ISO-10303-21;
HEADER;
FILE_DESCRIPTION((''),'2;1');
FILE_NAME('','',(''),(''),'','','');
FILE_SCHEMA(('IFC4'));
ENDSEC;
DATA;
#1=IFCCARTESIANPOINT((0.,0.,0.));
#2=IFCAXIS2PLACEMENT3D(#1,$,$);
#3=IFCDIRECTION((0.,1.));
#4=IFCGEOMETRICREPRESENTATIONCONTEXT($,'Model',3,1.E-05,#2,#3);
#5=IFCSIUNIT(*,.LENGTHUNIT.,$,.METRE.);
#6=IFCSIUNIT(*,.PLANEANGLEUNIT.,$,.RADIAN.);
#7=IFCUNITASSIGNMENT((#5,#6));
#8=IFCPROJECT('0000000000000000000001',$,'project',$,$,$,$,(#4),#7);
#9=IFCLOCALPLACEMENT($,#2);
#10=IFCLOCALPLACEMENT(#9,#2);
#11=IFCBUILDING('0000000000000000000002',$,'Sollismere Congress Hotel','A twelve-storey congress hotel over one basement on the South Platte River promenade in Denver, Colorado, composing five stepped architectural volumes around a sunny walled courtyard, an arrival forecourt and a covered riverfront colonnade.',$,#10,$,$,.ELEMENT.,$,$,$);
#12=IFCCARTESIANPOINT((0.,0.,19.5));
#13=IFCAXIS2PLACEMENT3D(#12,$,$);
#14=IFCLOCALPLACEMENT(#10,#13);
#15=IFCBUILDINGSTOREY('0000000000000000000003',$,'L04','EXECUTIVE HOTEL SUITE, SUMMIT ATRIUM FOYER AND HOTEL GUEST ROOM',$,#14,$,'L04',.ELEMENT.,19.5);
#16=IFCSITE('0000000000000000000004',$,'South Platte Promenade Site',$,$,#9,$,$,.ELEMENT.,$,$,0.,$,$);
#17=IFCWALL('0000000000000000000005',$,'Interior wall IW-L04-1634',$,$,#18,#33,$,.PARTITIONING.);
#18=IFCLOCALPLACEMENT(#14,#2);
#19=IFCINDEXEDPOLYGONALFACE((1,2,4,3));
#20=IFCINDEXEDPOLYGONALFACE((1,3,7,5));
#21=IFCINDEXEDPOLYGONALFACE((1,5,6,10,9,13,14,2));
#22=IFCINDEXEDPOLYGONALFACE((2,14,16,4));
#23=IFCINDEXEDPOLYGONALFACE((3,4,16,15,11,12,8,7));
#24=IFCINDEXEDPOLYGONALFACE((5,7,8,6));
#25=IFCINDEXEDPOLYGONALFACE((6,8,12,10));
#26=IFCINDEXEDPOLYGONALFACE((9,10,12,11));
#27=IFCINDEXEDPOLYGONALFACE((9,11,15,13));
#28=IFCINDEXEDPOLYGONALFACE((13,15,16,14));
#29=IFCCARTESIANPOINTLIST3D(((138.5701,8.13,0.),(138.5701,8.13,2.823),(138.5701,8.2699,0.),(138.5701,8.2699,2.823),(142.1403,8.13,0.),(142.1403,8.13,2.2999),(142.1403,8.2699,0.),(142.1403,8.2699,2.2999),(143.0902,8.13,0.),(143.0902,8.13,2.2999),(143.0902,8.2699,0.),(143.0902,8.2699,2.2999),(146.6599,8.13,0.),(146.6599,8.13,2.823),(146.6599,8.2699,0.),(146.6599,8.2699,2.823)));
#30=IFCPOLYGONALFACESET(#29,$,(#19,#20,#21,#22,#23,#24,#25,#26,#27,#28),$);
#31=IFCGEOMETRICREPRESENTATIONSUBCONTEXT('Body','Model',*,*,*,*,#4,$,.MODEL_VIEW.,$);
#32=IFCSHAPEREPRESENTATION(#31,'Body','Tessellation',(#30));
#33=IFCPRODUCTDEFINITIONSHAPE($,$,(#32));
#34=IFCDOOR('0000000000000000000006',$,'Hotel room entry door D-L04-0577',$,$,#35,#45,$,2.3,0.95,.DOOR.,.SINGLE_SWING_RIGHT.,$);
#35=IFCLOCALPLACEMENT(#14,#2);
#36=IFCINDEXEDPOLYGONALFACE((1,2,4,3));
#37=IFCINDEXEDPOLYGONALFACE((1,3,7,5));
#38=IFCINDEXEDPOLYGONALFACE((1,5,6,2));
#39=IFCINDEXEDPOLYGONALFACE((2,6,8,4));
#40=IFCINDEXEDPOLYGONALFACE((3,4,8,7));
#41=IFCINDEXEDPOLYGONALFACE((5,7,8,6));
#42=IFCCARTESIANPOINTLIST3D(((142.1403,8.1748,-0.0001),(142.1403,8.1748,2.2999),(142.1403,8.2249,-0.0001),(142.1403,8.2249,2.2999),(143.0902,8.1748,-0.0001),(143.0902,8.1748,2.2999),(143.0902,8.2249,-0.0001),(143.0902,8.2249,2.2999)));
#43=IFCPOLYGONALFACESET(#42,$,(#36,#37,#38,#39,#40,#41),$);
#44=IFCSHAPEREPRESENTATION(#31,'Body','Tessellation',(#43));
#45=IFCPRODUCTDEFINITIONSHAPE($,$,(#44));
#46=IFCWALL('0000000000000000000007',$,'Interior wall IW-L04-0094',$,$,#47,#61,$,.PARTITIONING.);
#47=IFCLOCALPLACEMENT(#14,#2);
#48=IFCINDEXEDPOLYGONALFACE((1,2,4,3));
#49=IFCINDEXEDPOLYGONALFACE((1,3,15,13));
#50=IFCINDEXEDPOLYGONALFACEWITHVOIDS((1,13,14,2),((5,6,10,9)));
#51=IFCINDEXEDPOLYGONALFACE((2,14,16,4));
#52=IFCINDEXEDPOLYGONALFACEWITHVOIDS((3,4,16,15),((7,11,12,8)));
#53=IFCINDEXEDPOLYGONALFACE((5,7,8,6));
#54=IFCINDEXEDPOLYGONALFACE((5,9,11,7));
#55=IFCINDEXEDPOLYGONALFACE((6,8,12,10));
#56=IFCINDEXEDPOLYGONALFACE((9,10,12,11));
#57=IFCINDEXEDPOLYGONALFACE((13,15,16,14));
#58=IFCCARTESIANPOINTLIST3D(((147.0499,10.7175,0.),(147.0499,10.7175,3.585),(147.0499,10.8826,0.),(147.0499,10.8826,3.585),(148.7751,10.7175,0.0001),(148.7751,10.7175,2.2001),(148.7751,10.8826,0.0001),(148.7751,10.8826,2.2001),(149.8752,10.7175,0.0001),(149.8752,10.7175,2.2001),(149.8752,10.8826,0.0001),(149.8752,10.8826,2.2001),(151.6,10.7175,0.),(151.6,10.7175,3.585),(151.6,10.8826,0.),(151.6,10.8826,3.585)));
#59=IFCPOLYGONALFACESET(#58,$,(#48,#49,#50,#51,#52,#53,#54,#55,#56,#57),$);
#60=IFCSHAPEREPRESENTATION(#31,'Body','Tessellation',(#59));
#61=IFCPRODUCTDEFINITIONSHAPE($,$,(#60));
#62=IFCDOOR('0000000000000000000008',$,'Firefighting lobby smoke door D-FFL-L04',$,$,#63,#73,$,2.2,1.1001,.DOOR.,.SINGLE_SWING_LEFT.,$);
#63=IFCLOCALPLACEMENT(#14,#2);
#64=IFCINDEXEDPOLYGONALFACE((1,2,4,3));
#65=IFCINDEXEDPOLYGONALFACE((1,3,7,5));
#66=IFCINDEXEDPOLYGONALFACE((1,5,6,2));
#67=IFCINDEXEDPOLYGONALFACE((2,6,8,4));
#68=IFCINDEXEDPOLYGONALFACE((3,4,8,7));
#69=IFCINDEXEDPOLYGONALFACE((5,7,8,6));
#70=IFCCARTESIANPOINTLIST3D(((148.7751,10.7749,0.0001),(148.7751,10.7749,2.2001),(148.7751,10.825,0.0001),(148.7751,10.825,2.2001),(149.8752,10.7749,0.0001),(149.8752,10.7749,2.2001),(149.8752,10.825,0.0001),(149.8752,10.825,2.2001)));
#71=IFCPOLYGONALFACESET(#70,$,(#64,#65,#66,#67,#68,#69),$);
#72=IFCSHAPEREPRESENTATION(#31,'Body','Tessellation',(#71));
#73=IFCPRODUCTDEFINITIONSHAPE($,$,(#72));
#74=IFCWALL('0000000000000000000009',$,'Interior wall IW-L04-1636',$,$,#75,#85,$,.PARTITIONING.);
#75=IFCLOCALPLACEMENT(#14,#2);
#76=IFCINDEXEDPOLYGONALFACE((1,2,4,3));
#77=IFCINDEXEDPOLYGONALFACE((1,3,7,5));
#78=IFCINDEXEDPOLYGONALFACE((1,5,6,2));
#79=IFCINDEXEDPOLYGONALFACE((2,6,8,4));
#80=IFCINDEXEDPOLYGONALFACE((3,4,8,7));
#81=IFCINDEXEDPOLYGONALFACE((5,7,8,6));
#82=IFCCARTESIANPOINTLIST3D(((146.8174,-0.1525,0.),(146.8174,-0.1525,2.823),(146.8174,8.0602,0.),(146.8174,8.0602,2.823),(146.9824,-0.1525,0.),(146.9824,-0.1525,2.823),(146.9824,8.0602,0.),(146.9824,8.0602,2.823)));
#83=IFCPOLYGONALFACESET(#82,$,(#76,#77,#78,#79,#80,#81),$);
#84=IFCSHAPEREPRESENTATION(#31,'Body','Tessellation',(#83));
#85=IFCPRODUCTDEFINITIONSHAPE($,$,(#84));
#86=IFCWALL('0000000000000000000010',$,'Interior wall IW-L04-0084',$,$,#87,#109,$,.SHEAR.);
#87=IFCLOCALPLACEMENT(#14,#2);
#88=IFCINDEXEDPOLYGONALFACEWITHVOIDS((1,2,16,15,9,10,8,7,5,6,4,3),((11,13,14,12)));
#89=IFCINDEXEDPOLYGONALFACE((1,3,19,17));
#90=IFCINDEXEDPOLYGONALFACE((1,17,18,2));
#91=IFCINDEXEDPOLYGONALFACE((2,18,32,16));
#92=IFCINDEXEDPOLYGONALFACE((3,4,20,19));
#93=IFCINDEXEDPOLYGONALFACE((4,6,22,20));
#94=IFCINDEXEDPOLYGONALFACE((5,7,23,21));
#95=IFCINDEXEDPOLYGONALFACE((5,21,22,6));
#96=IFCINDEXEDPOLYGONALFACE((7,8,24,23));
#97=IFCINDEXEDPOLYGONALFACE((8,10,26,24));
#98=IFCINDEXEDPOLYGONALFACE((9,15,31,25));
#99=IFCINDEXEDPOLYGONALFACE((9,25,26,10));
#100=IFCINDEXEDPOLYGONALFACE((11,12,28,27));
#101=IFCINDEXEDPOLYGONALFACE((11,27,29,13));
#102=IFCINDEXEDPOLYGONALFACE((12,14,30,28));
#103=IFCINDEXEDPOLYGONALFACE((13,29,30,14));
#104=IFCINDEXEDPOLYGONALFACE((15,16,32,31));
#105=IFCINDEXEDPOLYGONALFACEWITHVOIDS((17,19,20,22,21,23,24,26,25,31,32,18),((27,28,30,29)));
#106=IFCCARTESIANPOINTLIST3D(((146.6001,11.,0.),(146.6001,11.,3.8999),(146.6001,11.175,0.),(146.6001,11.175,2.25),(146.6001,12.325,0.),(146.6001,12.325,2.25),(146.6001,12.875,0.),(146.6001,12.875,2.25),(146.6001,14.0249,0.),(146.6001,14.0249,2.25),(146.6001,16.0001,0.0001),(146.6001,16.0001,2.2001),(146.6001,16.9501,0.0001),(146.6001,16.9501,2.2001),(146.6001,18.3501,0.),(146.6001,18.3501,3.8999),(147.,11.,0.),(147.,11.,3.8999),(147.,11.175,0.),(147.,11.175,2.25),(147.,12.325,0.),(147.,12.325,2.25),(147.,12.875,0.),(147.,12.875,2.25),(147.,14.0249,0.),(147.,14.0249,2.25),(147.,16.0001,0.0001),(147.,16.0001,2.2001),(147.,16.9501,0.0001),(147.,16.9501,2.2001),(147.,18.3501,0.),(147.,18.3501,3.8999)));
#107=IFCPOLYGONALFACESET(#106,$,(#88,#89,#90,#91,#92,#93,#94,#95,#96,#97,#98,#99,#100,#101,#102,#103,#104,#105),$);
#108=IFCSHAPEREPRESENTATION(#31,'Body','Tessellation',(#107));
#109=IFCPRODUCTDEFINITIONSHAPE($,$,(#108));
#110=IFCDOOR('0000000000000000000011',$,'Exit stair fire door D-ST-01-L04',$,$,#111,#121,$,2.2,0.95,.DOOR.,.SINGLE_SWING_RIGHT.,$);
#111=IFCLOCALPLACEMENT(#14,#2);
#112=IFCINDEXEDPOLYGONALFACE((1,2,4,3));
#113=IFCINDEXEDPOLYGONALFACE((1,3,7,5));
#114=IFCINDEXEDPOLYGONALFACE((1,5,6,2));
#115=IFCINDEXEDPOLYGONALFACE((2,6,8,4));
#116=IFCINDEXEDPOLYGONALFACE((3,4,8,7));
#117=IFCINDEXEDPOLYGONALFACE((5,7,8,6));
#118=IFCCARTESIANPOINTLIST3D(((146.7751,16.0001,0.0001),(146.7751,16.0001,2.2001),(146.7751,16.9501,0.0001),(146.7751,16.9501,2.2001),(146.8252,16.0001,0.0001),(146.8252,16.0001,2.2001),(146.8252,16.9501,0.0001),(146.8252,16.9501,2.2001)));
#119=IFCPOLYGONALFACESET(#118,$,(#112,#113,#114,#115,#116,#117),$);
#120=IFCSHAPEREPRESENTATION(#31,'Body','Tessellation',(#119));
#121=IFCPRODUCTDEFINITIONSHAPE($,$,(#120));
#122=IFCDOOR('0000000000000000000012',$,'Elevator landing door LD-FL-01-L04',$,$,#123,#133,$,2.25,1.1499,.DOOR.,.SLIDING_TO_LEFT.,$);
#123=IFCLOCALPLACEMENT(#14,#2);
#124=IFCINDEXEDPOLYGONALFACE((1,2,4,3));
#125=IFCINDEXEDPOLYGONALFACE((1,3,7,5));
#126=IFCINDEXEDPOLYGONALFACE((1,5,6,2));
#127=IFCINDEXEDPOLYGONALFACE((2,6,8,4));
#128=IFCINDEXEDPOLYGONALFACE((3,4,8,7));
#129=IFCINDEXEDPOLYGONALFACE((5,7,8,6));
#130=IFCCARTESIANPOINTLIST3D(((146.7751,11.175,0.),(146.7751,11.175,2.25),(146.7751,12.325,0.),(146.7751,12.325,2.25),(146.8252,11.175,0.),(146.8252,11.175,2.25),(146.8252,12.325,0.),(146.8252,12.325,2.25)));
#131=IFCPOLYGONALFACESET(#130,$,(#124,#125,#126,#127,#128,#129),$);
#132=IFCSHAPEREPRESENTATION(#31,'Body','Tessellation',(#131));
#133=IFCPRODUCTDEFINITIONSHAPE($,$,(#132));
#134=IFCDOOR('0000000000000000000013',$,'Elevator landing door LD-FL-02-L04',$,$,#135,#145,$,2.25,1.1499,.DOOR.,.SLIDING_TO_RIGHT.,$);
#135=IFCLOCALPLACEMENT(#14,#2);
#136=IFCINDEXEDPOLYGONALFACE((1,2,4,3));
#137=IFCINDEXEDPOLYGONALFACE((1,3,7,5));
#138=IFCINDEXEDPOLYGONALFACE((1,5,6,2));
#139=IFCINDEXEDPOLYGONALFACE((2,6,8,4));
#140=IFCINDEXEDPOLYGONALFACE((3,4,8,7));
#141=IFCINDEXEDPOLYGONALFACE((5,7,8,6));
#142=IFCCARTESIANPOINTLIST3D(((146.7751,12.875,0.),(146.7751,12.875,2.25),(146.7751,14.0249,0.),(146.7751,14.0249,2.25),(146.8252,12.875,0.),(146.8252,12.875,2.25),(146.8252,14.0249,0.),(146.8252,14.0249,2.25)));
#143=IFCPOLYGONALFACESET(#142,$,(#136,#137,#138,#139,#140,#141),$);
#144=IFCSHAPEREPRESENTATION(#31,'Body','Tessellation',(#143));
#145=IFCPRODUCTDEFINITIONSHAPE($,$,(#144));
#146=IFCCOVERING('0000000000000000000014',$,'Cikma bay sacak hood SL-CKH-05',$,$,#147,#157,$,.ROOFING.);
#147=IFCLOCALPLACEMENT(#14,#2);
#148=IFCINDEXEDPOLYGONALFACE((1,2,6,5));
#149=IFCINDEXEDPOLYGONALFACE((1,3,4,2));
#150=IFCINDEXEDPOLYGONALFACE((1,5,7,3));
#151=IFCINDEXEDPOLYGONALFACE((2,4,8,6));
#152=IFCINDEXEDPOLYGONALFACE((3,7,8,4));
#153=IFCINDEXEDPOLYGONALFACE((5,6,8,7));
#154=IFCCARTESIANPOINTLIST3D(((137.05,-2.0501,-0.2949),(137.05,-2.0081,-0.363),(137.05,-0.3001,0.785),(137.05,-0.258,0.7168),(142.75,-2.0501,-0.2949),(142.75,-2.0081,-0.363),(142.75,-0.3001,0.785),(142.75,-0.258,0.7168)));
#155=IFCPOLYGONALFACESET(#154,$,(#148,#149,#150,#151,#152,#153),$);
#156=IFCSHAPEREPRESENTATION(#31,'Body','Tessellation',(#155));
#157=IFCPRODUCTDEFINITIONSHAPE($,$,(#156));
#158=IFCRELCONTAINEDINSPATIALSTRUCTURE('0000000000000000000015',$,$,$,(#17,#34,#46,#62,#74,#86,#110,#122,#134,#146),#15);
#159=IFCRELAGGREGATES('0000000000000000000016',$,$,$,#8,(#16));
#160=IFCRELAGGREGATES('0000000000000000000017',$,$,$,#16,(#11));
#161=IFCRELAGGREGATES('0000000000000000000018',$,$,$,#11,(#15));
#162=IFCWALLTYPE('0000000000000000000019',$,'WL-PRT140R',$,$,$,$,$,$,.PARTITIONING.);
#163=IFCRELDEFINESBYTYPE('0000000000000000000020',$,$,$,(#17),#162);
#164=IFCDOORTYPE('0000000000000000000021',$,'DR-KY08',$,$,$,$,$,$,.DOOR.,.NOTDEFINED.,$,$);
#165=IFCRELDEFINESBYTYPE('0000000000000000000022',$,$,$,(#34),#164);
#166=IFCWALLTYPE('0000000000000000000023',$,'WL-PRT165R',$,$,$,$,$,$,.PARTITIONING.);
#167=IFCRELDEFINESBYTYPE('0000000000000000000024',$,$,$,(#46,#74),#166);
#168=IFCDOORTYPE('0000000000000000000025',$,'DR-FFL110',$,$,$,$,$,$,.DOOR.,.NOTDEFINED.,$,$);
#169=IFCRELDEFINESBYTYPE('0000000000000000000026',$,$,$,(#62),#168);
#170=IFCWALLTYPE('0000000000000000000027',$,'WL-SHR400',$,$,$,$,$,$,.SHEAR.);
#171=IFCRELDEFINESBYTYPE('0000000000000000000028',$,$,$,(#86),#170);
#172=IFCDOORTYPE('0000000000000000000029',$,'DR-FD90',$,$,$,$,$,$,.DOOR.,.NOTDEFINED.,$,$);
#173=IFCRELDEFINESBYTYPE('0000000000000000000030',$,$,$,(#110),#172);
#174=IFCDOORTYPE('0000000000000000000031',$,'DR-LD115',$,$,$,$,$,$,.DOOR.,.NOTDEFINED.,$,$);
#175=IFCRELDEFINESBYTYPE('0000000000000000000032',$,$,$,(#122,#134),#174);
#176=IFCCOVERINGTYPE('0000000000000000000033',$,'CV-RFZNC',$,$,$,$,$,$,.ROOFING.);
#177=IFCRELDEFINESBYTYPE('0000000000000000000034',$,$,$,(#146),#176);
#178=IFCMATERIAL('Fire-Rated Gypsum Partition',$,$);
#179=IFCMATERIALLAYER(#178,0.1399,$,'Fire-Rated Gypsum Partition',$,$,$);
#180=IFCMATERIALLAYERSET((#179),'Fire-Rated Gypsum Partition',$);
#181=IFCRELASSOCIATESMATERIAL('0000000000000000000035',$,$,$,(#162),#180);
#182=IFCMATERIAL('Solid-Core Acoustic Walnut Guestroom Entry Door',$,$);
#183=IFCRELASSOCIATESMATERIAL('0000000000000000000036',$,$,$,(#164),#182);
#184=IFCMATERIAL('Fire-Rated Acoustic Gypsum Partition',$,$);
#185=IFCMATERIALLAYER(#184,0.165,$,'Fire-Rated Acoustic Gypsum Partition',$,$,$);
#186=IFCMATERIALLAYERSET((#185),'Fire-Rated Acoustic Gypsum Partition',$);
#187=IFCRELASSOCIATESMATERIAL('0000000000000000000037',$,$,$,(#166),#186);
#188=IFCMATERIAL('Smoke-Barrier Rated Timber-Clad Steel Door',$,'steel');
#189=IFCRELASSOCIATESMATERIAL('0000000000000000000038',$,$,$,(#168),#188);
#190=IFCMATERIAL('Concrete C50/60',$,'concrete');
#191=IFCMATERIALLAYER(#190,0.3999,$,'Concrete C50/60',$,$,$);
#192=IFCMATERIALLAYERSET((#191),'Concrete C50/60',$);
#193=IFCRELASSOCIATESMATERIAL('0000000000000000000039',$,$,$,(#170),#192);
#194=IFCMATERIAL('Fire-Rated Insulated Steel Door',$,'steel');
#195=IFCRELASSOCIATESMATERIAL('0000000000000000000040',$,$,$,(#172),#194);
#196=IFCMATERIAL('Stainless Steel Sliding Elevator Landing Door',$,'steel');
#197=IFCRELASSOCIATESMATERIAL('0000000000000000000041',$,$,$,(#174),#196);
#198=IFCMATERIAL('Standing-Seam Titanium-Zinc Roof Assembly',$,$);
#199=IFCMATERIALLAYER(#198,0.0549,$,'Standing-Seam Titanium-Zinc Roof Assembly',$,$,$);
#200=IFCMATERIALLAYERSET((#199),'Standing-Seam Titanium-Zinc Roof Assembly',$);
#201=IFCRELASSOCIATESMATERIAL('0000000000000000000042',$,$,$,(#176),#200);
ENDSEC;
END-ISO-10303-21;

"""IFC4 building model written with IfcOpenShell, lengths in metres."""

from ifc_helpers import new_model, si_unit, direction, frame, frame_2d, origin, place, context, subcontext, project, spatial, polyline, rectangle, outline, extrude, material, layer, layer_set, type_object, element, fill, save


model = new_model("IFC4")

# Units and contexts
model_context = context("Model", 3, precision=1e-05, world=origin(), true_north=direction((0.0, 1.0)))
body_context = subcontext(model_context, "Body", "Model", "MODEL_VIEW")
ifc_project = project(units=[si_unit("LENGTHUNIT", "METRE"), si_unit("PLANEANGLEUNIT", "RADIAN")], contexts=[model_context])

# Site, building, storey
site_placement = place(None, origin())
site = spatial("IfcSite", under=ifc_project, at=site_placement, Name="South Platte Promenade Site", CompositionType="ELEMENT", RefElevation=0.0)
building_placement = place(site_placement, origin())
building = spatial("IfcBuilding", under=site, at=building_placement, Name="Sollismere Congress Hotel", Description="A twelve-storey congress hotel over one basement on the South Platte River promenade in Denver, Colorado, composing five stepped architectural volumes around a sunny walled courtyard, an arrival forecourt and a covered riverfront colonnade.", CompositionType="ELEMENT")
storey_placement = place(building_placement, frame((0.0, 0.0, 19.5)))
storey = spatial("IfcBuildingStorey", under=building, at=storey_placement, Name="L04", Description="EXECUTIVE HOTEL SUITE, SUMMIT ATRIUM FOYER AND HOTEL GUEST ROOM", LongName="L04", CompositionType="ELEMENT", Elevation=19.5)

# Walls, openings, doors
ifc_material_1 = material(Name="Fire-Rated Gypsum Partition")
ifc_layer_1 = layer(ifc_material_1, 0.1399, Name="Fire-Rated Gypsum Partition")
ifc_layer_set_1 = layer_set([ifc_layer_1], Name="Fire-Rated Gypsum Partition")
wall_type_1 = type_object("IfcWallType", Name="WL-PRT140R", PredefinedType="PARTITIONING", material=ifc_layer_set_1)
wall_1_placement = place(storey_placement, frame((138.5701, 8.2, 0.0), z_axis=(0.0, 0.0, 1.0), x_axis=(1.0, 0.0, 0.0)))
wall_1 = element("IfcWall", 1, at=wall_1_placement, inside=storey, type_object=wall_type_1, Name="Interior wall IW-L04-1634", PredefinedType="PARTITIONING", context=body_context, shape_type="SweptSolid", body=[
    extrude(rectangle(XDim=8.0898, YDim=0.1399, at=frame_2d((4.0449, 0.0))), origin(), (0.0, 0.0, 1.0), 2.823),
])
opening_1_placement = place(wall_1_placement, frame((3.5701, 0.0, 0.0)))
opening_1 = element("IfcOpeningElement", 2, at=opening_1_placement, cuts=wall_1, PredefinedType="OPENING", context=body_context, shape_type="SweptSolid", body=[
    extrude(rectangle(XDim=0.95, YDim=2.3, at=frame_2d((0.4751, 1.1499))), frame((0.0, 0.0798, 0.0), z_axis=(0.0, -1.0, 0.0), x_axis=(1.0, 0.0, 0.0)), (0.0, 0.0, 1.0), 0.1599),
])
ifc_material_2 = material(Name="Solid-Core Acoustic Walnut Guestroom Entry Door")
door_type_1 = type_object("IfcDoorType", Name="DR-KY08", OperationType="NOTDEFINED", PredefinedType="DOOR", material=ifc_material_2)
door_1_placement = place(opening_1_placement, origin())
door_1 = element("IfcDoor", 3, at=door_1_placement, inside=storey, type_object=door_type_1, Name="Hotel room entry door D-L04-0577", OperationType="SINGLE_SWING_RIGHT", OverallHeight=2.3, OverallWidth=0.95, PredefinedType="DOOR", context=body_context, shape_type="SweptSolid", body=[
    extrude(rectangle(XDim=0.95, YDim=2.3, at=frame_2d((0.4751, 1.1499))), frame((0.0, 0.0249, 0.0), z_axis=(0.0, -1.0, 0.0), x_axis=(1.0, 0.0, 0.0)), (0.0, 0.0, 1.0), 0.05),
])
fill(opening_1, door_1)
ifc_material_3 = material(Name="Fire-Rated Acoustic Gypsum Partition")
ifc_layer_2 = layer(ifc_material_3, 0.165, Name="Fire-Rated Acoustic Gypsum Partition")
ifc_layer_set_2 = layer_set([ifc_layer_2], Name="Fire-Rated Acoustic Gypsum Partition")
wall_type_2 = type_object("IfcWallType", Name="WL-PRT165R", PredefinedType="PARTITIONING", material=ifc_layer_set_2)
wall_2_placement = place(storey_placement, frame((147.05, 10.8, 0.0), z_axis=(0.0, 0.0, 1.0), x_axis=(1.0, 0.0, 0.0)))
wall_2 = element("IfcWall", 4, at=wall_2_placement, inside=storey, type_object=wall_type_2, Name="Interior wall IW-L04-0094", PredefinedType="PARTITIONING", context=body_context, shape_type="SweptSolid", body=[
    extrude(rectangle(XDim=4.55, YDim=0.165, at=frame_2d((2.2749, 0.0))), origin(), (0.0, 0.0, 1.0), 3.585),
])
opening_2_placement = place(wall_2_placement, frame((1.7251, 0.0, 0.0)))
opening_2 = element("IfcOpeningElement", 5, at=opening_2_placement, cuts=wall_2, PredefinedType="OPENING", context=body_context, shape_type="SweptSolid", body=[
    extrude(rectangle(XDim=1.1001, YDim=2.2, at=frame_2d((0.55, 1.1001))), frame((0.0, 0.0925, 0.0), z_axis=(0.0, -1.0, 0.0), x_axis=(1.0, 0.0, 0.0)), (0.0, 0.0, 1.0), 0.1851),
])
ifc_material_4 = material(Name="Smoke-Barrier Rated Timber-Clad Steel Door", Category="steel")
door_type_2 = type_object("IfcDoorType", Name="DR-FFL110", OperationType="NOTDEFINED", PredefinedType="DOOR", material=ifc_material_4)
door_2_placement = place(opening_2_placement, origin())
door_2 = element("IfcDoor", 6, at=door_2_placement, inside=storey, type_object=door_type_2, Name="Firefighting lobby smoke door D-FFL-L04", OperationType="SINGLE_SWING_LEFT", OverallHeight=2.2, OverallWidth=1.1001, PredefinedType="DOOR", context=body_context, shape_type="SweptSolid", body=[
    extrude(rectangle(XDim=1.1001, YDim=2.2, at=frame_2d((0.55, 1.1001))), frame((0.0, 0.0249, 0.0), z_axis=(0.0, -1.0, 0.0), x_axis=(1.0, 0.0, 0.0)), (0.0, 0.0, 1.0), 0.05),
])
fill(opening_2, door_2)

# Wall
wall_3_placement = place(storey_placement, frame((146.8999, -0.1526, 0.0), z_axis=(0.0, 0.0, 1.0), x_axis=(0.0, 1.0, 0.0)))
element("IfcWall", 7, at=wall_3_placement, inside=storey, type_object=wall_type_2, Name="Interior wall IW-L04-1636", PredefinedType="PARTITIONING", context=body_context, shape_type="SweptSolid", body=[
    extrude(rectangle(XDim=8.2126, YDim=0.165, at=frame_2d((4.1064, 0.0))), origin(), (0.0, 0.0, 1.0), 2.823),
])

# Wall, openings, doors
ifc_material_5 = material(Name="Concrete C50/60", Category="concrete")
ifc_layer_3 = layer(ifc_material_5, 0.3999, Name="Concrete C50/60")
ifc_layer_set_3 = layer_set([ifc_layer_3], Name="Concrete C50/60")
wall_type_3 = type_object("IfcWallType", Name="WL-SHR400", PredefinedType="SHEAR", material=ifc_layer_set_3)
wall_4_placement = place(storey_placement, frame((146.8, 11.0, 0.0), z_axis=(0.0, 0.0, 1.0), x_axis=(0.0, 1.0, 0.0)))
wall_4 = element("IfcWall", 8, at=wall_4_placement, inside=storey, type_object=wall_type_3, Name="Interior wall IW-L04-0084", PredefinedType="SHEAR", context=body_context, shape_type="SweptSolid", body=[
    extrude(rectangle(XDim=7.3501, YDim=0.3999, at=frame_2d((3.675, 0.0))), origin(), (0.0, 0.0, 1.0), 3.8999),
])
opening_3_placement = place(wall_4_placement, frame((5.0, 0.0, 0.0)))
opening_3 = element("IfcOpeningElement", 9, at=opening_3_placement, cuts=wall_4, PredefinedType="OPENING", context=body_context, shape_type="SweptSolid", body=[
    extrude(rectangle(XDim=0.95, YDim=2.2, at=frame_2d((0.4751, 1.1001))), frame((0.0, 0.21, 0.0), z_axis=(0.0, -1.0, 0.0), x_axis=(1.0, 0.0, 0.0)), (0.0, 0.0, 1.0), 0.4199),
])
opening_4_placement = place(wall_4_placement, frame((0.175, 0.0, 0.0)))
opening_4 = element("IfcOpeningElement", 10, at=opening_4_placement, cuts=wall_4, PredefinedType="OPENING", context=body_context, shape_type="SweptSolid", body=[
    extrude(rectangle(XDim=1.1499, YDim=2.25, at=frame_2d((0.575, 1.125))), frame((0.0, 0.21, 0.0), z_axis=(0.0, -1.0, 0.0), x_axis=(1.0, 0.0, 0.0)), (0.0, 0.0, 1.0), 0.4199),
])
opening_5_placement = place(wall_4_placement, frame((1.875, 0.0, 0.0)))
opening_5 = element("IfcOpeningElement", 11, at=opening_5_placement, cuts=wall_4, PredefinedType="OPENING", context=body_context, shape_type="SweptSolid", body=[
    extrude(rectangle(XDim=1.1499, YDim=2.25, at=frame_2d((0.575, 1.125))), frame((0.0, 0.21, 0.0), z_axis=(0.0, -1.0, 0.0), x_axis=(1.0, 0.0, 0.0)), (0.0, 0.0, 1.0), 0.4199),
])
ifc_material_6 = material(Name="Fire-Rated Insulated Steel Door", Category="steel")
door_type_3 = type_object("IfcDoorType", Name="DR-FD90", OperationType="NOTDEFINED", PredefinedType="DOOR", material=ifc_material_6)
door_3_placement = place(opening_3_placement, origin())
door_3 = element("IfcDoor", 12, at=door_3_placement, inside=storey, type_object=door_type_3, Name="Exit stair fire door D-ST-01-L04", OperationType="SINGLE_SWING_RIGHT", OverallHeight=2.2, OverallWidth=0.95, PredefinedType="DOOR", context=body_context, shape_type="SweptSolid", body=[
    extrude(rectangle(XDim=0.95, YDim=2.2, at=frame_2d((0.4751, 1.1001))), frame((0.0, 0.0249, 0.0), z_axis=(0.0, -1.0, 0.0), x_axis=(1.0, 0.0, 0.0)), (0.0, 0.0, 1.0), 0.05),
])
fill(opening_3, door_3)
ifc_material_7 = material(Name="Stainless Steel Sliding Elevator Landing Door", Category="steel")
door_type_4 = type_object("IfcDoorType", Name="DR-LD115", OperationType="NOTDEFINED", PredefinedType="DOOR", material=ifc_material_7)
door_4_placement = place(opening_4_placement, origin())
door_4 = element("IfcDoor", 13, at=door_4_placement, inside=storey, type_object=door_type_4, Name="Elevator landing door LD-FL-01-L04", OperationType="SLIDING_TO_LEFT", OverallHeight=2.25, OverallWidth=1.1499, PredefinedType="DOOR", context=body_context, shape_type="SweptSolid", body=[
    extrude(rectangle(XDim=1.1499, YDim=2.25, at=frame_2d((0.575, 1.125))), frame((0.0, 0.0249, 0.0), z_axis=(0.0, -1.0, 0.0), x_axis=(1.0, 0.0, 0.0)), (0.0, 0.0, 1.0), 0.05),
])
fill(opening_4, door_4)
door_5_placement = place(opening_5_placement, origin())
door_5 = element("IfcDoor", 14, at=door_5_placement, inside=storey, type_object=door_type_4, Name="Elevator landing door LD-FL-02-L04", OperationType="SLIDING_TO_RIGHT", OverallHeight=2.25, OverallWidth=1.1499, PredefinedType="DOOR", context=body_context, shape_type="SweptSolid", body=[
    extrude(rectangle(XDim=1.1499, YDim=2.25, at=frame_2d((0.575, 1.125))), frame((0.0, 0.0249, 0.0), z_axis=(0.0, -1.0, 0.0), x_axis=(1.0, 0.0, 0.0)), (0.0, 0.0, 1.0), 0.05),
])
fill(opening_5, door_5)

# Covering
ifc_material_8 = material(Name="Standing-Seam Titanium-Zinc Roof Assembly")
ifc_layer_4 = layer(ifc_material_8, 0.0549, Name="Standing-Seam Titanium-Zinc Roof Assembly")
ifc_layer_set_4 = layer_set([ifc_layer_4], Name="Standing-Seam Titanium-Zinc Roof Assembly")
covering_type = type_object("IfcCoveringType", Name="CV-RFZNC", PredefinedType="ROOFING", material=ifc_layer_set_4)
covering_placement = place(storey_placement, frame((137.05, -2.0081, -0.363), z_axis=(0.0, -0.525124, 0.851026), x_axis=(1.0, 0.0, 0.0)))
element("IfcCovering", 15, at=covering_placement, inside=storey, type_object=covering_type, Name="Cikma bay sacak hood SL-CKH-05", PredefinedType="ROOFING", context=body_context, shape_type="SweptSolid", body=[
    extrude(outline(polyline([(0.0, 0.0), (5.7, 0.0), (5.7, 2.0564), (0.0, 2.0564), (0.0, 0.0)])), origin(), (0.0, 0.0, 1.0), 0.0801),
])

save(model, "model.ifc")
